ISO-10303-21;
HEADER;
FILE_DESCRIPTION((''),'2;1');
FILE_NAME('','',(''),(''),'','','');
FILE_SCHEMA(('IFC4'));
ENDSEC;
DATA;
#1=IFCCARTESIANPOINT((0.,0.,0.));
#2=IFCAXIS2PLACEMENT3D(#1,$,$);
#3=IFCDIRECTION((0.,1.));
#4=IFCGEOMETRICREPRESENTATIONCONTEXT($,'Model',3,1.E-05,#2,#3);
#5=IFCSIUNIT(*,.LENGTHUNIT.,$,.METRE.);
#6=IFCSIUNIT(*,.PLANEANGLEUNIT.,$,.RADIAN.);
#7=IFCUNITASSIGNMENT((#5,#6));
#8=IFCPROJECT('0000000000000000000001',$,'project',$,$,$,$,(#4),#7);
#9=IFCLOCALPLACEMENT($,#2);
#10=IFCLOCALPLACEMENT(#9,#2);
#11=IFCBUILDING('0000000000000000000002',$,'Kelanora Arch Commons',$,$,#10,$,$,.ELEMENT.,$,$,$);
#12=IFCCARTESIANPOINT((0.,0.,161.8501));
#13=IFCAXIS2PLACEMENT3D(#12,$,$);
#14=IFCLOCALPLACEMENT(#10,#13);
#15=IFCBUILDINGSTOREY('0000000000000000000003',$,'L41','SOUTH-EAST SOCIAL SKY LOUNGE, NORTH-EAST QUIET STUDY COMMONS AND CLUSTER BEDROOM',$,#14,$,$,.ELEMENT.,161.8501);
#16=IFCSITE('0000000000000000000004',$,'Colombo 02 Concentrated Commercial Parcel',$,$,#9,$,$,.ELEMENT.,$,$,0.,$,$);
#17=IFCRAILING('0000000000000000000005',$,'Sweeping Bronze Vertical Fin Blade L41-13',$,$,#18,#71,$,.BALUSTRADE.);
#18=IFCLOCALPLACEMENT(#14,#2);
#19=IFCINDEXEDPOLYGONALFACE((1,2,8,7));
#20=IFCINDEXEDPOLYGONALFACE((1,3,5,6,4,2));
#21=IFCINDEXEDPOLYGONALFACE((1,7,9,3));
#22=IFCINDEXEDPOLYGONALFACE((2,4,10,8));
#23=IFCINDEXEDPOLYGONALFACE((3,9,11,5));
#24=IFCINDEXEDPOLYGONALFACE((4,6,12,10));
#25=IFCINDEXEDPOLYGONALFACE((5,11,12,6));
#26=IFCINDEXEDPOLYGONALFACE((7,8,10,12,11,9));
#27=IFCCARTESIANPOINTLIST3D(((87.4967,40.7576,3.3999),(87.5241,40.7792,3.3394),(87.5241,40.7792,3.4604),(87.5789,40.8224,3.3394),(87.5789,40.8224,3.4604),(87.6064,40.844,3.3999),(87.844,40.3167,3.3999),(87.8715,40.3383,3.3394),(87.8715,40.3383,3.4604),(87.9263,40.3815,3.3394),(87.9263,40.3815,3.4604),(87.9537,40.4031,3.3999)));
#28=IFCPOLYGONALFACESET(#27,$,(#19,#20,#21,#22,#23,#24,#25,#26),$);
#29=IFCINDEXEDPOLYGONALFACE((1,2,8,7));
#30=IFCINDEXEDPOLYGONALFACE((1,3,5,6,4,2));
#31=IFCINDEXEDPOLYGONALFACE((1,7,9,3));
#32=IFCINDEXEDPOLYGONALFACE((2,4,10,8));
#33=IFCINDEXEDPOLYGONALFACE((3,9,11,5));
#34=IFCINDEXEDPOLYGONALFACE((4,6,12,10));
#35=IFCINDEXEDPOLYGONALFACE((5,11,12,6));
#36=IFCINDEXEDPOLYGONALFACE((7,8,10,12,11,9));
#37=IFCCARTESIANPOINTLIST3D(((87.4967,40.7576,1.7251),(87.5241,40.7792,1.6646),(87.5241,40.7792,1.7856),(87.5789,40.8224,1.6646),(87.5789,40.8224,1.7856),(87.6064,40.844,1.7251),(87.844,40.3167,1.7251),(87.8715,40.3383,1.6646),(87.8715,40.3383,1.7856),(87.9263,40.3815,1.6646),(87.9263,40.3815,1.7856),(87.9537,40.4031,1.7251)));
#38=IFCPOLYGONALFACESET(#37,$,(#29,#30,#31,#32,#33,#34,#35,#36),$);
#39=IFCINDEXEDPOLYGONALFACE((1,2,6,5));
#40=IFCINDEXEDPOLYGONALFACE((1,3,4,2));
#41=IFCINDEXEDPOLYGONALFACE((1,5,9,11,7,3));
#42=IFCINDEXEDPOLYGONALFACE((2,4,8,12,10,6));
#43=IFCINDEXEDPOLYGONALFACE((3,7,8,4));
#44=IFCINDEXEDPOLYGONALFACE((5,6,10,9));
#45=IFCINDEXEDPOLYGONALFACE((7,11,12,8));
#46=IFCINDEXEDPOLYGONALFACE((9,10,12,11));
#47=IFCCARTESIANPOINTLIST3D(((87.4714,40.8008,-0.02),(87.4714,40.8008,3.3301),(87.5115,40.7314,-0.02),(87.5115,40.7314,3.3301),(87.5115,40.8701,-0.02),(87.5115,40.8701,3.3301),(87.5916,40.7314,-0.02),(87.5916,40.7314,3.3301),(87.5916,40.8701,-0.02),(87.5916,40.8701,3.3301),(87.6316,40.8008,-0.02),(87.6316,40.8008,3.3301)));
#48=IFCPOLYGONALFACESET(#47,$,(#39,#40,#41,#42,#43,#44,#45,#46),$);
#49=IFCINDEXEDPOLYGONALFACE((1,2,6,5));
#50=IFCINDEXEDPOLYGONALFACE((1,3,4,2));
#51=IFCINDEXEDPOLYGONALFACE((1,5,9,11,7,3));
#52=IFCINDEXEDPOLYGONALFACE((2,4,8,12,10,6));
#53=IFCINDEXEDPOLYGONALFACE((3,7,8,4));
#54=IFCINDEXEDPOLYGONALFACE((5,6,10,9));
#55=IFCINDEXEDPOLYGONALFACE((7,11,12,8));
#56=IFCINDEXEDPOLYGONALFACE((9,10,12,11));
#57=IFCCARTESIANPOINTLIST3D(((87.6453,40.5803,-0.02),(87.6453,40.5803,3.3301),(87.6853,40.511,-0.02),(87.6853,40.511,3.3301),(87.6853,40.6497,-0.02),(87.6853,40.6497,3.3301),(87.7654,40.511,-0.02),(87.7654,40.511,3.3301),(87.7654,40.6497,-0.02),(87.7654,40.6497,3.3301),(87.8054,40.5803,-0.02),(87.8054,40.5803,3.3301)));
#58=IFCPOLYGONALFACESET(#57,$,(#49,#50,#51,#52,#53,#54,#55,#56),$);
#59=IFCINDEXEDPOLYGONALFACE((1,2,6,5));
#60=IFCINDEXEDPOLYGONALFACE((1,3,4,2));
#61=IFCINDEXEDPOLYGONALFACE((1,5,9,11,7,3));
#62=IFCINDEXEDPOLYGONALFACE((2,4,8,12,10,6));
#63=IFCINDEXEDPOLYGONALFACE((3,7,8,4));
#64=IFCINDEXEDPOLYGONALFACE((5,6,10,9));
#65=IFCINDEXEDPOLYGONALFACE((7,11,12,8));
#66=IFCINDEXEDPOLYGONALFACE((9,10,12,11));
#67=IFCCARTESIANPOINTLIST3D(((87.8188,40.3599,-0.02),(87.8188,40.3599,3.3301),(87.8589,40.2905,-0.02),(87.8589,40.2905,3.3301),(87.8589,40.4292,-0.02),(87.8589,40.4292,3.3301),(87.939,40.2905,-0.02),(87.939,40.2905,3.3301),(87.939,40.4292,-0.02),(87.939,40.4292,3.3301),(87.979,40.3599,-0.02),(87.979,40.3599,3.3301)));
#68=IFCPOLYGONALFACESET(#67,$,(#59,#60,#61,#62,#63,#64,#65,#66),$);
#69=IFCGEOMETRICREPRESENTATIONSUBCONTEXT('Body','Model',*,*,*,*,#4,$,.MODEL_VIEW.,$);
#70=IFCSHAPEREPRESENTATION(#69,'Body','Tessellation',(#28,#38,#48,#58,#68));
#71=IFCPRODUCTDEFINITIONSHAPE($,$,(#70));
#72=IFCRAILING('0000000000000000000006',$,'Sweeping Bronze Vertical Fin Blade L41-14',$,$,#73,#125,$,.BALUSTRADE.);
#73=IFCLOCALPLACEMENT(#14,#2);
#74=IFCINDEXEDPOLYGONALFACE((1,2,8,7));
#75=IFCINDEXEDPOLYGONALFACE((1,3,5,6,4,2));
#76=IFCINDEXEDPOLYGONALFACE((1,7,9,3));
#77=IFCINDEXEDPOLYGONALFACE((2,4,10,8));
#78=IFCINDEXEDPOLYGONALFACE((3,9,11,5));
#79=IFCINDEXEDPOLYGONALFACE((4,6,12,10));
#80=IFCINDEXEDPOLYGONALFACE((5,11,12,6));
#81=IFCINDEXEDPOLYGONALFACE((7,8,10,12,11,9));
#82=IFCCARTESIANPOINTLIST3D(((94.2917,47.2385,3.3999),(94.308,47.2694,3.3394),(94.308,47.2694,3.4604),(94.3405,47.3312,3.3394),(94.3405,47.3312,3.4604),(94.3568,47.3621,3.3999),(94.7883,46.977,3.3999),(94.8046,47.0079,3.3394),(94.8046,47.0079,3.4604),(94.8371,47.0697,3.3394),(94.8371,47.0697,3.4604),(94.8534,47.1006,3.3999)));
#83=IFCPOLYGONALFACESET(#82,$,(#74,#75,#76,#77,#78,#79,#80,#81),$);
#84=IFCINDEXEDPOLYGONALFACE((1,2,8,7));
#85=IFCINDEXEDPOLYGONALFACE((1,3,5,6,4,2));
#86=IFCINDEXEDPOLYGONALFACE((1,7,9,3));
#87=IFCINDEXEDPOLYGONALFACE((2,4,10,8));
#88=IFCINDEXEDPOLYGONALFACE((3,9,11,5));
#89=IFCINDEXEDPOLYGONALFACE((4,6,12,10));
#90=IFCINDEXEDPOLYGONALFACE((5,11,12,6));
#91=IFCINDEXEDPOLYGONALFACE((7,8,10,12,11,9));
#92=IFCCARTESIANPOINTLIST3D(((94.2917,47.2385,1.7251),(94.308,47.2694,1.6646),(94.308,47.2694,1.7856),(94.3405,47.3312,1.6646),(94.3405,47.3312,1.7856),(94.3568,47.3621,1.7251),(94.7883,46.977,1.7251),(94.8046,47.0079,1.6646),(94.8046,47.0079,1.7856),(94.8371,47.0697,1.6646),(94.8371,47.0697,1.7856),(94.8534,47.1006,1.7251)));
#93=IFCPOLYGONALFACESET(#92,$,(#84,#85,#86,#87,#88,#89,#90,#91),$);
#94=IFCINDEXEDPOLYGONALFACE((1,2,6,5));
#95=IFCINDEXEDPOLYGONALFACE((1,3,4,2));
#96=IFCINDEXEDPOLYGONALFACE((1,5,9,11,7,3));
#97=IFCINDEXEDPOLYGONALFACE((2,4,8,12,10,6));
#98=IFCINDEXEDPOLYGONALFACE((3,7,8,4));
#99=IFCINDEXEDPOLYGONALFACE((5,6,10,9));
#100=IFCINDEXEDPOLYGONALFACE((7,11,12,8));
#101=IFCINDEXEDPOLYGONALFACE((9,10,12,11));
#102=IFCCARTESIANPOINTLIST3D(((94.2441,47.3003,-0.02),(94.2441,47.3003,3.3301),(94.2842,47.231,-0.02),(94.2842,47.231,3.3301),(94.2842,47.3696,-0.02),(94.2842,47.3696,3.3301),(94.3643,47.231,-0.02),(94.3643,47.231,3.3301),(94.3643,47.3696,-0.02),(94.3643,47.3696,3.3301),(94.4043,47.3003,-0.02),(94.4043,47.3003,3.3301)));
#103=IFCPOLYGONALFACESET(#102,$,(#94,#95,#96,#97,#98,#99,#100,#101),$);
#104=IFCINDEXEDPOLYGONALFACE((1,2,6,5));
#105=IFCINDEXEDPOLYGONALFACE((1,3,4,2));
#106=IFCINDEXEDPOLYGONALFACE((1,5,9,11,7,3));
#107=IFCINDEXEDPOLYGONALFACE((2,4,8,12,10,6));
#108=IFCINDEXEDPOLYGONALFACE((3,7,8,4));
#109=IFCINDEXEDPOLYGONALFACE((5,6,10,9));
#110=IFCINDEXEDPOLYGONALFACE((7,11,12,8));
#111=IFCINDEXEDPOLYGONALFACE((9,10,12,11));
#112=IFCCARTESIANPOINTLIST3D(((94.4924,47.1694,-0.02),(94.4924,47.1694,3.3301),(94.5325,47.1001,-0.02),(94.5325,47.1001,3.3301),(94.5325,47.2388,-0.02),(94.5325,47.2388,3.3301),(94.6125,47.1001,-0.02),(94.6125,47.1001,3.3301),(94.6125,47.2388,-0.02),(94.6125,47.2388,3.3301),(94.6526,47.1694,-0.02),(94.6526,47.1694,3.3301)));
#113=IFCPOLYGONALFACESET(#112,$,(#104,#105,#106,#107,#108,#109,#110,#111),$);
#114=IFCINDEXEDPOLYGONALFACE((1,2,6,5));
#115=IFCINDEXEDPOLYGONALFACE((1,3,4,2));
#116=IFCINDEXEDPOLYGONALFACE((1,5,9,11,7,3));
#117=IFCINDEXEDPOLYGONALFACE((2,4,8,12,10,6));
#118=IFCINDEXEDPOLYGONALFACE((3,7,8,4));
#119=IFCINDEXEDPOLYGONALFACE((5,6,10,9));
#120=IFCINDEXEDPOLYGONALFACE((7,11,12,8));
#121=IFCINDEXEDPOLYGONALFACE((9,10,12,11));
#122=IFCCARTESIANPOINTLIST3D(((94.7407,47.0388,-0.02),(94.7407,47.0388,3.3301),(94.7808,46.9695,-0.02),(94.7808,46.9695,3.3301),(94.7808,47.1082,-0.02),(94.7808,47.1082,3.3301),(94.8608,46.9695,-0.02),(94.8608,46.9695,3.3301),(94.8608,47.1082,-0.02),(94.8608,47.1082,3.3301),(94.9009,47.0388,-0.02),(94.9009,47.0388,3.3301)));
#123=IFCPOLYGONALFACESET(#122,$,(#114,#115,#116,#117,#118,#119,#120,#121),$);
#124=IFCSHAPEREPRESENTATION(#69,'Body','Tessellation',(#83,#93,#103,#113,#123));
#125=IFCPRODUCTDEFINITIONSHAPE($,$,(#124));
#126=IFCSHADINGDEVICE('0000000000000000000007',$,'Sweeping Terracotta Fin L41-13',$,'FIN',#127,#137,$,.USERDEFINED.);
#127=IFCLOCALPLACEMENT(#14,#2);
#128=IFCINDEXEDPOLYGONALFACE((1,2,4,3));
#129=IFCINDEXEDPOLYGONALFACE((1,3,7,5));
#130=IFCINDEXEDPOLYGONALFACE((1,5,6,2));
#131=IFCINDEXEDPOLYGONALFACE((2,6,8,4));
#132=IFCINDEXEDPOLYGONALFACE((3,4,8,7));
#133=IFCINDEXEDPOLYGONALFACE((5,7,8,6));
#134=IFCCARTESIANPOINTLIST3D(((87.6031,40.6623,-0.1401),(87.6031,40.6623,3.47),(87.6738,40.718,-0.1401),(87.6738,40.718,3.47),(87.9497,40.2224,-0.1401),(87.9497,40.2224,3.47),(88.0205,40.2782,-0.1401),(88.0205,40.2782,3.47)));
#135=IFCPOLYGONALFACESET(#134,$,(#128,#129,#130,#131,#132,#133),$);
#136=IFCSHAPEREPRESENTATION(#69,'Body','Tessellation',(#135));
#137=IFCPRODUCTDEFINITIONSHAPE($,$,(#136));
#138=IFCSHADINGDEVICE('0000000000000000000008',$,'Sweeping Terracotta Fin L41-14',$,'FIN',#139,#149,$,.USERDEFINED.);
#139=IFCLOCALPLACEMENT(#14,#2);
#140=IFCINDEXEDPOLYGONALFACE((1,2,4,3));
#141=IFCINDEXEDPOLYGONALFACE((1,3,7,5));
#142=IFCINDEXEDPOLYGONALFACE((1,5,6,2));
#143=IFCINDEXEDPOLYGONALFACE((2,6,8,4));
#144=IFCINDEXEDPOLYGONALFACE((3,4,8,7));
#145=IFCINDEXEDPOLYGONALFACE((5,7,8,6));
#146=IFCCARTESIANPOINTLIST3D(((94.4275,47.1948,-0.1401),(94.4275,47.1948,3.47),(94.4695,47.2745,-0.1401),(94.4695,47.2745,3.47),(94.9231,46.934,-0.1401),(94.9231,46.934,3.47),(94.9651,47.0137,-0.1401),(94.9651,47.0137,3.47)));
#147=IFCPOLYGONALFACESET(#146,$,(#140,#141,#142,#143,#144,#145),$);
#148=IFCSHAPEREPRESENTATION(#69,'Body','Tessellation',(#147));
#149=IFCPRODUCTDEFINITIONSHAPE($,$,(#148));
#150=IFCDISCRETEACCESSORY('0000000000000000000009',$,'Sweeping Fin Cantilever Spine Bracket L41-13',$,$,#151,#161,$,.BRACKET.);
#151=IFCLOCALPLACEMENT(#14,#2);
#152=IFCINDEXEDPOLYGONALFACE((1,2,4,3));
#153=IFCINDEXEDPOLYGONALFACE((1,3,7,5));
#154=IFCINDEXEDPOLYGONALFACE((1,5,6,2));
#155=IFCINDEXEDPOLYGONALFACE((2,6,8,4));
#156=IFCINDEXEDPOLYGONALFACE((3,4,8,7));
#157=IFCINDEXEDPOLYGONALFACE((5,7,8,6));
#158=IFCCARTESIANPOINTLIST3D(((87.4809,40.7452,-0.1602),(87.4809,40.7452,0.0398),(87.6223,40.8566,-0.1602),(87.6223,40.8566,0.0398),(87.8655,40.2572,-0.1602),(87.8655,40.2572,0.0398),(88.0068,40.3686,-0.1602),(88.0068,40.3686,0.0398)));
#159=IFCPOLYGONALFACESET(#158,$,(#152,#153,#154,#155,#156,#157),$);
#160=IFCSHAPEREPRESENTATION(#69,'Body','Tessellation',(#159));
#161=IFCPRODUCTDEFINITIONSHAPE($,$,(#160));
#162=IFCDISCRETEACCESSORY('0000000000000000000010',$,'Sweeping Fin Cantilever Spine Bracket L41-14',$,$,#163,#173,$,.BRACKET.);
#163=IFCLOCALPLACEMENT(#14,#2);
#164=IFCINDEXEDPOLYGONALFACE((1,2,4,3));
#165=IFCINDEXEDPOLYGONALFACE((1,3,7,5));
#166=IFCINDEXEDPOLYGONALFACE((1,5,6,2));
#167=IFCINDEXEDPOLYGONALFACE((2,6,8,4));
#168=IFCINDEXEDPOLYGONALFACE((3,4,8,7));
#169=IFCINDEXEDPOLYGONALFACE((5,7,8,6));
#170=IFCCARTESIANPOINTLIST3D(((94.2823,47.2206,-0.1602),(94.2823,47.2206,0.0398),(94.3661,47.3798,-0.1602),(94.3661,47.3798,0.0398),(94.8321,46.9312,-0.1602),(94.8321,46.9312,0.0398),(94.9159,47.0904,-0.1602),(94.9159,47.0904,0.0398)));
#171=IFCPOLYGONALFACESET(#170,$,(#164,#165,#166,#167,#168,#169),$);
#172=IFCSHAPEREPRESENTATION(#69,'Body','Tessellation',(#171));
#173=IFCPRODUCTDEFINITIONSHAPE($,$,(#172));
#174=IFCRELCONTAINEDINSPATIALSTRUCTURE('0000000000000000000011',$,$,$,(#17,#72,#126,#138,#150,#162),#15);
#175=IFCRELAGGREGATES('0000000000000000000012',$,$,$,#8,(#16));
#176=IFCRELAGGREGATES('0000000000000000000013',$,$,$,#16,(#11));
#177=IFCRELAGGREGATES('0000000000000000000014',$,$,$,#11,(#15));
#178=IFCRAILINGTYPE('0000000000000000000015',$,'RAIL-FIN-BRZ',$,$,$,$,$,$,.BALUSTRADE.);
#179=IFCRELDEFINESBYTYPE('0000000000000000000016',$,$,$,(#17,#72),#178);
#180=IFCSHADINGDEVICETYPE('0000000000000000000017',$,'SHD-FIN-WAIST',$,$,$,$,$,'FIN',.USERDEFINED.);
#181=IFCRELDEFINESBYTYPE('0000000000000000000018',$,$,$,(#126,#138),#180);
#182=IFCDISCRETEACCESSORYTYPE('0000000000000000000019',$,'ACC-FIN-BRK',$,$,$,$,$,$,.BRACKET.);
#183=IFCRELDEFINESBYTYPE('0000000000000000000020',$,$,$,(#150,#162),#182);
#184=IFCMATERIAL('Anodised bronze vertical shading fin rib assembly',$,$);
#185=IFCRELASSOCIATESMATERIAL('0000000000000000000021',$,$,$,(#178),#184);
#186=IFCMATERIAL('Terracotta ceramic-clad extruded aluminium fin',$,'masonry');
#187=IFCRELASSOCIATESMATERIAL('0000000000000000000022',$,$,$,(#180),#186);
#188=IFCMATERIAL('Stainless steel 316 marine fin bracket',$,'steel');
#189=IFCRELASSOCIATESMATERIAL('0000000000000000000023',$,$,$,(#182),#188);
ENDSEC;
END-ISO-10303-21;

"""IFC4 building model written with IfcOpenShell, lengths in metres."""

from ifc_helpers import new_model, si_unit, direction, frame, origin, origin_2d, place, context, subcontext, project, spatial, polyline, rectangle, outline, extrude, source, transform, mapped, material, type_object, element, save


model = new_model("IFC4")

# Units and contexts
model_context = context("Model", 3, precision=1e-05, world=origin(), true_north=direction((0.0, 1.0)))
body_context = subcontext(model_context, "Body", "Model", "MODEL_VIEW")
ifc_project = project(units=[si_unit("LENGTHUNIT", "METRE"), si_unit("PLANEANGLEUNIT", "RADIAN")], contexts=[model_context])

# Site, building, storey
site_placement = place(None, origin())
site = spatial("IfcSite", under=ifc_project, at=site_placement, Name="Colombo 02 Concentrated Commercial Parcel", CompositionType="ELEMENT", RefElevation=0.0)
building_placement = place(site_placement, origin())
building = spatial("IfcBuilding", under=site, at=building_placement, Name="Kelanora Arch Commons", CompositionType="ELEMENT")
storey_placement = place(building_placement, frame((0.0, 0.0, 161.8501)))
storey = spatial("IfcBuildingStorey", under=building, at=storey_placement, Name="L41", Description="SOUTH-EAST SOCIAL SKY LOUNGE, NORTH-EAST QUIET STUDY COMMONS AND CLUSTER BEDROOM", CompositionType="ELEMENT", Elevation=161.8501)

# Railings
ifc_material_1 = material(Name="Anodised bronze vertical shading fin rib assembly")
railing_type = type_object("IfcRailingType", Name="RAIL-FIN-BRZ", PredefinedType="BALUSTRADE", material=ifc_material_1)
railing_1_placement = place(storey_placement, frame((87.5515, 40.8008, -0.02)))
element("IfcRailing", 1, at=railing_1_placement, inside=storey, type_object=railing_type, Name="Sweeping Bronze Vertical Fin Blade L41-13", PredefinedType="BALUSTRADE", context=body_context, shape_type="SweptSolid", body=[
    extrude(outline(polyline([(0.0698, 0.0), (0.0349, 0.0605), (-0.0349, 0.0605), (-0.0698, 0.0), (-0.0349, -0.0605), (0.0349, -0.0605), (0.0698, 0.0)])), frame((0.0, 0.0, 3.4199), z_axis=(0.618897, -0.785472, 0.0), x_axis=(0.785472, 0.618897, 0.0)), (0.0, 0.0, 1.0), 0.5613),
    extrude(outline(polyline([(0.0698, 0.0), (0.0349, 0.0605), (-0.0349, 0.0605), (-0.0698, 0.0), (-0.0349, -0.0605), (0.0349, -0.0605), (0.0698, 0.0)])), frame((0.0, 0.0, 1.7451), z_axis=(0.618897, -0.785472, 0.0), x_axis=(0.785472, 0.618897, 0.0)), (0.0, 0.0, 1.0), 0.5613),
    extrude(outline(polyline([(0.0801, 0.0), (0.04, 0.0693), (-0.04, 0.0693), (-0.0801, 0.0), (-0.04, -0.0693), (0.04, -0.0693), (0.0801, 0.0)])), origin(), (0.0, 0.0, 1.0), 3.3501),
    extrude(outline(polyline([(0.0801, 0.0), (0.04, 0.0693), (-0.04, 0.0693), (-0.0801, 0.0), (-0.04, -0.0693), (0.04, -0.0693), (0.0801, 0.0)])), frame((0.1738, -0.2205, 0.0)), (0.0, 0.0, 1.0), 3.3501),
    extrude(outline(polyline([(0.0801, 0.0), (0.04, 0.0693), (-0.04, 0.0693), (-0.0801, 0.0), (-0.04, -0.0693), (0.04, -0.0693), (0.0801, 0.0)])), frame((0.3474, -0.4409, 0.0)), (0.0, 0.0, 1.0), 3.3501),
])
railing_2_placement = place(storey_placement, frame((94.3242, 47.3003, -0.02)))
element("IfcRailing", 2, at=railing_2_placement, inside=storey, type_object=railing_type, Name="Sweeping Bronze Vertical Fin Blade L41-14", PredefinedType="BALUSTRADE", context=body_context, shape_type="SweptSolid", body=[
    extrude(outline(polyline([(0.0698, 0.0), (0.0349, 0.0605), (-0.0349, 0.0605), (-0.0698, 0.0), (-0.0349, -0.0605), (0.0349, -0.0605), (0.0698, 0.0)])), frame((0.0, 0.0, 3.4199), z_axis=(0.884833, -0.465908, 0.0), x_axis=(0.465908, 0.884833, 0.0)), (0.0, 0.0, 1.0), 0.5613),
    extrude(outline(polyline([(0.0698, 0.0), (0.0349, 0.0605), (-0.0349, 0.0605), (-0.0698, 0.0), (-0.0349, -0.0605), (0.0349, -0.0605), (0.0698, 0.0)])), frame((0.0, 0.0, 1.7451), z_axis=(0.884833, -0.465908, 0.0), x_axis=(0.465908, 0.884833, 0.0)), (0.0, 0.0, 1.0), 0.5613),
    extrude(outline(polyline([(0.0801, 0.0), (0.04, 0.0693), (-0.04, 0.0693), (-0.0801, 0.0), (-0.04, -0.0693), (0.04, -0.0693), (0.0801, 0.0)])), origin(), (0.0, 0.0, 1.0), 3.3501),
    extrude(outline(polyline([(0.0801, 0.0), (0.04, 0.0693), (-0.04, 0.0693), (-0.0801, 0.0), (-0.04, -0.0693), (0.04, -0.0693), (0.0801, 0.0)])), frame((0.2483, -0.1309, 0.0)), (0.0, 0.0, 1.0), 3.3501),
    extrude(outline(polyline([(0.0801, 0.0), (0.04, 0.0693), (-0.04, 0.0693), (-0.0801, 0.0), (-0.04, -0.0693), (0.04, -0.0693), (0.0801, 0.0)])), frame((0.4966, -0.2615, 0.0)), (0.0, 0.0, 1.0), 3.3501),
])

# Shading devices
ifc_material_2 = material(Name="Terracotta ceramic-clad extruded aluminium fin", Category="masonry")
shading_device_type = type_object("IfcShadingDeviceType", Name="SHD-FIN-WAIST", ElementType="FIN", PredefinedType="USERDEFINED", material=ifc_material_2)
shared_shape_1 = source(origin(), body_context, "Body", "SweptSolid", [
    extrude(rectangle(XDim=0.5601, YDim=0.0901, at=origin_2d()), origin(), (0.0, 0.0, 1.0), 3.6101),
])
for number, where, z_axis, x_axis, name in (
    (3, (87.8118, 40.4702, -0.1401), (0.0, 0.0, 1.0), (0.618957, -0.785425, 0.0), "Sweeping Terracotta Fin L41-13"),
    (4, (94.6963, 47.1042, -0.1401), (0.0, 0.0, 1.0), (0.884906, -0.465769, 0.0), "Sweeping Terracotta Fin L41-14"),
):
    element("IfcShadingDevice", number, at=place(storey_placement, frame(where, z_axis=z_axis, x_axis=x_axis)), inside=storey, type_object=shading_device_type, Name=name, ObjectType="FIN", PredefinedType="USERDEFINED", context=body_context, shape_type="MappedRepresentation", body=[
        mapped(shared_shape_1, transform((0.0, 0.0, 0.0), scale=1.0)),
    ])

# Discrete accessories
ifc_material_3 = material(Name="Stainless steel 316 marine fin bracket", Category="steel")
discrete_accessory_type = type_object("IfcDiscreteAccessoryType", Name="ACC-FIN-BRK", PredefinedType="BRACKET", material=ifc_material_3)
shared_shape_2 = source(origin(), body_context, "Body", "SweptSolid", [
    extrude(rectangle(XDim=0.6213, YDim=0.1799, at=origin_2d()), origin(), (0.0, 0.0, 1.0), 0.2),
])
for number, where, z_axis, x_axis, name in (
    (5, (87.7439, 40.5569, -0.1602), (0.0, 0.0, 1.0), (0.618957, -0.785425, 0.0), "Sweeping Fin Cantilever Spine Bracket L41-13"),
    (6, (94.5991, 47.1555, -0.1602), (0.0, 0.0, 1.0), (0.884906, -0.465769, 0.0), "Sweeping Fin Cantilever Spine Bracket L41-14"),
):
    element("IfcDiscreteAccessory", number, at=place(storey_placement, frame(where, z_axis=z_axis, x_axis=x_axis)), inside=storey, type_object=discrete_accessory_type, Name=name, PredefinedType="BRACKET", context=body_context, shape_type="MappedRepresentation", body=[
        mapped(shared_shape_2, transform((0.0, 0.0, 0.0), scale=1.0)),
    ])

save(model, "model.ifc")
